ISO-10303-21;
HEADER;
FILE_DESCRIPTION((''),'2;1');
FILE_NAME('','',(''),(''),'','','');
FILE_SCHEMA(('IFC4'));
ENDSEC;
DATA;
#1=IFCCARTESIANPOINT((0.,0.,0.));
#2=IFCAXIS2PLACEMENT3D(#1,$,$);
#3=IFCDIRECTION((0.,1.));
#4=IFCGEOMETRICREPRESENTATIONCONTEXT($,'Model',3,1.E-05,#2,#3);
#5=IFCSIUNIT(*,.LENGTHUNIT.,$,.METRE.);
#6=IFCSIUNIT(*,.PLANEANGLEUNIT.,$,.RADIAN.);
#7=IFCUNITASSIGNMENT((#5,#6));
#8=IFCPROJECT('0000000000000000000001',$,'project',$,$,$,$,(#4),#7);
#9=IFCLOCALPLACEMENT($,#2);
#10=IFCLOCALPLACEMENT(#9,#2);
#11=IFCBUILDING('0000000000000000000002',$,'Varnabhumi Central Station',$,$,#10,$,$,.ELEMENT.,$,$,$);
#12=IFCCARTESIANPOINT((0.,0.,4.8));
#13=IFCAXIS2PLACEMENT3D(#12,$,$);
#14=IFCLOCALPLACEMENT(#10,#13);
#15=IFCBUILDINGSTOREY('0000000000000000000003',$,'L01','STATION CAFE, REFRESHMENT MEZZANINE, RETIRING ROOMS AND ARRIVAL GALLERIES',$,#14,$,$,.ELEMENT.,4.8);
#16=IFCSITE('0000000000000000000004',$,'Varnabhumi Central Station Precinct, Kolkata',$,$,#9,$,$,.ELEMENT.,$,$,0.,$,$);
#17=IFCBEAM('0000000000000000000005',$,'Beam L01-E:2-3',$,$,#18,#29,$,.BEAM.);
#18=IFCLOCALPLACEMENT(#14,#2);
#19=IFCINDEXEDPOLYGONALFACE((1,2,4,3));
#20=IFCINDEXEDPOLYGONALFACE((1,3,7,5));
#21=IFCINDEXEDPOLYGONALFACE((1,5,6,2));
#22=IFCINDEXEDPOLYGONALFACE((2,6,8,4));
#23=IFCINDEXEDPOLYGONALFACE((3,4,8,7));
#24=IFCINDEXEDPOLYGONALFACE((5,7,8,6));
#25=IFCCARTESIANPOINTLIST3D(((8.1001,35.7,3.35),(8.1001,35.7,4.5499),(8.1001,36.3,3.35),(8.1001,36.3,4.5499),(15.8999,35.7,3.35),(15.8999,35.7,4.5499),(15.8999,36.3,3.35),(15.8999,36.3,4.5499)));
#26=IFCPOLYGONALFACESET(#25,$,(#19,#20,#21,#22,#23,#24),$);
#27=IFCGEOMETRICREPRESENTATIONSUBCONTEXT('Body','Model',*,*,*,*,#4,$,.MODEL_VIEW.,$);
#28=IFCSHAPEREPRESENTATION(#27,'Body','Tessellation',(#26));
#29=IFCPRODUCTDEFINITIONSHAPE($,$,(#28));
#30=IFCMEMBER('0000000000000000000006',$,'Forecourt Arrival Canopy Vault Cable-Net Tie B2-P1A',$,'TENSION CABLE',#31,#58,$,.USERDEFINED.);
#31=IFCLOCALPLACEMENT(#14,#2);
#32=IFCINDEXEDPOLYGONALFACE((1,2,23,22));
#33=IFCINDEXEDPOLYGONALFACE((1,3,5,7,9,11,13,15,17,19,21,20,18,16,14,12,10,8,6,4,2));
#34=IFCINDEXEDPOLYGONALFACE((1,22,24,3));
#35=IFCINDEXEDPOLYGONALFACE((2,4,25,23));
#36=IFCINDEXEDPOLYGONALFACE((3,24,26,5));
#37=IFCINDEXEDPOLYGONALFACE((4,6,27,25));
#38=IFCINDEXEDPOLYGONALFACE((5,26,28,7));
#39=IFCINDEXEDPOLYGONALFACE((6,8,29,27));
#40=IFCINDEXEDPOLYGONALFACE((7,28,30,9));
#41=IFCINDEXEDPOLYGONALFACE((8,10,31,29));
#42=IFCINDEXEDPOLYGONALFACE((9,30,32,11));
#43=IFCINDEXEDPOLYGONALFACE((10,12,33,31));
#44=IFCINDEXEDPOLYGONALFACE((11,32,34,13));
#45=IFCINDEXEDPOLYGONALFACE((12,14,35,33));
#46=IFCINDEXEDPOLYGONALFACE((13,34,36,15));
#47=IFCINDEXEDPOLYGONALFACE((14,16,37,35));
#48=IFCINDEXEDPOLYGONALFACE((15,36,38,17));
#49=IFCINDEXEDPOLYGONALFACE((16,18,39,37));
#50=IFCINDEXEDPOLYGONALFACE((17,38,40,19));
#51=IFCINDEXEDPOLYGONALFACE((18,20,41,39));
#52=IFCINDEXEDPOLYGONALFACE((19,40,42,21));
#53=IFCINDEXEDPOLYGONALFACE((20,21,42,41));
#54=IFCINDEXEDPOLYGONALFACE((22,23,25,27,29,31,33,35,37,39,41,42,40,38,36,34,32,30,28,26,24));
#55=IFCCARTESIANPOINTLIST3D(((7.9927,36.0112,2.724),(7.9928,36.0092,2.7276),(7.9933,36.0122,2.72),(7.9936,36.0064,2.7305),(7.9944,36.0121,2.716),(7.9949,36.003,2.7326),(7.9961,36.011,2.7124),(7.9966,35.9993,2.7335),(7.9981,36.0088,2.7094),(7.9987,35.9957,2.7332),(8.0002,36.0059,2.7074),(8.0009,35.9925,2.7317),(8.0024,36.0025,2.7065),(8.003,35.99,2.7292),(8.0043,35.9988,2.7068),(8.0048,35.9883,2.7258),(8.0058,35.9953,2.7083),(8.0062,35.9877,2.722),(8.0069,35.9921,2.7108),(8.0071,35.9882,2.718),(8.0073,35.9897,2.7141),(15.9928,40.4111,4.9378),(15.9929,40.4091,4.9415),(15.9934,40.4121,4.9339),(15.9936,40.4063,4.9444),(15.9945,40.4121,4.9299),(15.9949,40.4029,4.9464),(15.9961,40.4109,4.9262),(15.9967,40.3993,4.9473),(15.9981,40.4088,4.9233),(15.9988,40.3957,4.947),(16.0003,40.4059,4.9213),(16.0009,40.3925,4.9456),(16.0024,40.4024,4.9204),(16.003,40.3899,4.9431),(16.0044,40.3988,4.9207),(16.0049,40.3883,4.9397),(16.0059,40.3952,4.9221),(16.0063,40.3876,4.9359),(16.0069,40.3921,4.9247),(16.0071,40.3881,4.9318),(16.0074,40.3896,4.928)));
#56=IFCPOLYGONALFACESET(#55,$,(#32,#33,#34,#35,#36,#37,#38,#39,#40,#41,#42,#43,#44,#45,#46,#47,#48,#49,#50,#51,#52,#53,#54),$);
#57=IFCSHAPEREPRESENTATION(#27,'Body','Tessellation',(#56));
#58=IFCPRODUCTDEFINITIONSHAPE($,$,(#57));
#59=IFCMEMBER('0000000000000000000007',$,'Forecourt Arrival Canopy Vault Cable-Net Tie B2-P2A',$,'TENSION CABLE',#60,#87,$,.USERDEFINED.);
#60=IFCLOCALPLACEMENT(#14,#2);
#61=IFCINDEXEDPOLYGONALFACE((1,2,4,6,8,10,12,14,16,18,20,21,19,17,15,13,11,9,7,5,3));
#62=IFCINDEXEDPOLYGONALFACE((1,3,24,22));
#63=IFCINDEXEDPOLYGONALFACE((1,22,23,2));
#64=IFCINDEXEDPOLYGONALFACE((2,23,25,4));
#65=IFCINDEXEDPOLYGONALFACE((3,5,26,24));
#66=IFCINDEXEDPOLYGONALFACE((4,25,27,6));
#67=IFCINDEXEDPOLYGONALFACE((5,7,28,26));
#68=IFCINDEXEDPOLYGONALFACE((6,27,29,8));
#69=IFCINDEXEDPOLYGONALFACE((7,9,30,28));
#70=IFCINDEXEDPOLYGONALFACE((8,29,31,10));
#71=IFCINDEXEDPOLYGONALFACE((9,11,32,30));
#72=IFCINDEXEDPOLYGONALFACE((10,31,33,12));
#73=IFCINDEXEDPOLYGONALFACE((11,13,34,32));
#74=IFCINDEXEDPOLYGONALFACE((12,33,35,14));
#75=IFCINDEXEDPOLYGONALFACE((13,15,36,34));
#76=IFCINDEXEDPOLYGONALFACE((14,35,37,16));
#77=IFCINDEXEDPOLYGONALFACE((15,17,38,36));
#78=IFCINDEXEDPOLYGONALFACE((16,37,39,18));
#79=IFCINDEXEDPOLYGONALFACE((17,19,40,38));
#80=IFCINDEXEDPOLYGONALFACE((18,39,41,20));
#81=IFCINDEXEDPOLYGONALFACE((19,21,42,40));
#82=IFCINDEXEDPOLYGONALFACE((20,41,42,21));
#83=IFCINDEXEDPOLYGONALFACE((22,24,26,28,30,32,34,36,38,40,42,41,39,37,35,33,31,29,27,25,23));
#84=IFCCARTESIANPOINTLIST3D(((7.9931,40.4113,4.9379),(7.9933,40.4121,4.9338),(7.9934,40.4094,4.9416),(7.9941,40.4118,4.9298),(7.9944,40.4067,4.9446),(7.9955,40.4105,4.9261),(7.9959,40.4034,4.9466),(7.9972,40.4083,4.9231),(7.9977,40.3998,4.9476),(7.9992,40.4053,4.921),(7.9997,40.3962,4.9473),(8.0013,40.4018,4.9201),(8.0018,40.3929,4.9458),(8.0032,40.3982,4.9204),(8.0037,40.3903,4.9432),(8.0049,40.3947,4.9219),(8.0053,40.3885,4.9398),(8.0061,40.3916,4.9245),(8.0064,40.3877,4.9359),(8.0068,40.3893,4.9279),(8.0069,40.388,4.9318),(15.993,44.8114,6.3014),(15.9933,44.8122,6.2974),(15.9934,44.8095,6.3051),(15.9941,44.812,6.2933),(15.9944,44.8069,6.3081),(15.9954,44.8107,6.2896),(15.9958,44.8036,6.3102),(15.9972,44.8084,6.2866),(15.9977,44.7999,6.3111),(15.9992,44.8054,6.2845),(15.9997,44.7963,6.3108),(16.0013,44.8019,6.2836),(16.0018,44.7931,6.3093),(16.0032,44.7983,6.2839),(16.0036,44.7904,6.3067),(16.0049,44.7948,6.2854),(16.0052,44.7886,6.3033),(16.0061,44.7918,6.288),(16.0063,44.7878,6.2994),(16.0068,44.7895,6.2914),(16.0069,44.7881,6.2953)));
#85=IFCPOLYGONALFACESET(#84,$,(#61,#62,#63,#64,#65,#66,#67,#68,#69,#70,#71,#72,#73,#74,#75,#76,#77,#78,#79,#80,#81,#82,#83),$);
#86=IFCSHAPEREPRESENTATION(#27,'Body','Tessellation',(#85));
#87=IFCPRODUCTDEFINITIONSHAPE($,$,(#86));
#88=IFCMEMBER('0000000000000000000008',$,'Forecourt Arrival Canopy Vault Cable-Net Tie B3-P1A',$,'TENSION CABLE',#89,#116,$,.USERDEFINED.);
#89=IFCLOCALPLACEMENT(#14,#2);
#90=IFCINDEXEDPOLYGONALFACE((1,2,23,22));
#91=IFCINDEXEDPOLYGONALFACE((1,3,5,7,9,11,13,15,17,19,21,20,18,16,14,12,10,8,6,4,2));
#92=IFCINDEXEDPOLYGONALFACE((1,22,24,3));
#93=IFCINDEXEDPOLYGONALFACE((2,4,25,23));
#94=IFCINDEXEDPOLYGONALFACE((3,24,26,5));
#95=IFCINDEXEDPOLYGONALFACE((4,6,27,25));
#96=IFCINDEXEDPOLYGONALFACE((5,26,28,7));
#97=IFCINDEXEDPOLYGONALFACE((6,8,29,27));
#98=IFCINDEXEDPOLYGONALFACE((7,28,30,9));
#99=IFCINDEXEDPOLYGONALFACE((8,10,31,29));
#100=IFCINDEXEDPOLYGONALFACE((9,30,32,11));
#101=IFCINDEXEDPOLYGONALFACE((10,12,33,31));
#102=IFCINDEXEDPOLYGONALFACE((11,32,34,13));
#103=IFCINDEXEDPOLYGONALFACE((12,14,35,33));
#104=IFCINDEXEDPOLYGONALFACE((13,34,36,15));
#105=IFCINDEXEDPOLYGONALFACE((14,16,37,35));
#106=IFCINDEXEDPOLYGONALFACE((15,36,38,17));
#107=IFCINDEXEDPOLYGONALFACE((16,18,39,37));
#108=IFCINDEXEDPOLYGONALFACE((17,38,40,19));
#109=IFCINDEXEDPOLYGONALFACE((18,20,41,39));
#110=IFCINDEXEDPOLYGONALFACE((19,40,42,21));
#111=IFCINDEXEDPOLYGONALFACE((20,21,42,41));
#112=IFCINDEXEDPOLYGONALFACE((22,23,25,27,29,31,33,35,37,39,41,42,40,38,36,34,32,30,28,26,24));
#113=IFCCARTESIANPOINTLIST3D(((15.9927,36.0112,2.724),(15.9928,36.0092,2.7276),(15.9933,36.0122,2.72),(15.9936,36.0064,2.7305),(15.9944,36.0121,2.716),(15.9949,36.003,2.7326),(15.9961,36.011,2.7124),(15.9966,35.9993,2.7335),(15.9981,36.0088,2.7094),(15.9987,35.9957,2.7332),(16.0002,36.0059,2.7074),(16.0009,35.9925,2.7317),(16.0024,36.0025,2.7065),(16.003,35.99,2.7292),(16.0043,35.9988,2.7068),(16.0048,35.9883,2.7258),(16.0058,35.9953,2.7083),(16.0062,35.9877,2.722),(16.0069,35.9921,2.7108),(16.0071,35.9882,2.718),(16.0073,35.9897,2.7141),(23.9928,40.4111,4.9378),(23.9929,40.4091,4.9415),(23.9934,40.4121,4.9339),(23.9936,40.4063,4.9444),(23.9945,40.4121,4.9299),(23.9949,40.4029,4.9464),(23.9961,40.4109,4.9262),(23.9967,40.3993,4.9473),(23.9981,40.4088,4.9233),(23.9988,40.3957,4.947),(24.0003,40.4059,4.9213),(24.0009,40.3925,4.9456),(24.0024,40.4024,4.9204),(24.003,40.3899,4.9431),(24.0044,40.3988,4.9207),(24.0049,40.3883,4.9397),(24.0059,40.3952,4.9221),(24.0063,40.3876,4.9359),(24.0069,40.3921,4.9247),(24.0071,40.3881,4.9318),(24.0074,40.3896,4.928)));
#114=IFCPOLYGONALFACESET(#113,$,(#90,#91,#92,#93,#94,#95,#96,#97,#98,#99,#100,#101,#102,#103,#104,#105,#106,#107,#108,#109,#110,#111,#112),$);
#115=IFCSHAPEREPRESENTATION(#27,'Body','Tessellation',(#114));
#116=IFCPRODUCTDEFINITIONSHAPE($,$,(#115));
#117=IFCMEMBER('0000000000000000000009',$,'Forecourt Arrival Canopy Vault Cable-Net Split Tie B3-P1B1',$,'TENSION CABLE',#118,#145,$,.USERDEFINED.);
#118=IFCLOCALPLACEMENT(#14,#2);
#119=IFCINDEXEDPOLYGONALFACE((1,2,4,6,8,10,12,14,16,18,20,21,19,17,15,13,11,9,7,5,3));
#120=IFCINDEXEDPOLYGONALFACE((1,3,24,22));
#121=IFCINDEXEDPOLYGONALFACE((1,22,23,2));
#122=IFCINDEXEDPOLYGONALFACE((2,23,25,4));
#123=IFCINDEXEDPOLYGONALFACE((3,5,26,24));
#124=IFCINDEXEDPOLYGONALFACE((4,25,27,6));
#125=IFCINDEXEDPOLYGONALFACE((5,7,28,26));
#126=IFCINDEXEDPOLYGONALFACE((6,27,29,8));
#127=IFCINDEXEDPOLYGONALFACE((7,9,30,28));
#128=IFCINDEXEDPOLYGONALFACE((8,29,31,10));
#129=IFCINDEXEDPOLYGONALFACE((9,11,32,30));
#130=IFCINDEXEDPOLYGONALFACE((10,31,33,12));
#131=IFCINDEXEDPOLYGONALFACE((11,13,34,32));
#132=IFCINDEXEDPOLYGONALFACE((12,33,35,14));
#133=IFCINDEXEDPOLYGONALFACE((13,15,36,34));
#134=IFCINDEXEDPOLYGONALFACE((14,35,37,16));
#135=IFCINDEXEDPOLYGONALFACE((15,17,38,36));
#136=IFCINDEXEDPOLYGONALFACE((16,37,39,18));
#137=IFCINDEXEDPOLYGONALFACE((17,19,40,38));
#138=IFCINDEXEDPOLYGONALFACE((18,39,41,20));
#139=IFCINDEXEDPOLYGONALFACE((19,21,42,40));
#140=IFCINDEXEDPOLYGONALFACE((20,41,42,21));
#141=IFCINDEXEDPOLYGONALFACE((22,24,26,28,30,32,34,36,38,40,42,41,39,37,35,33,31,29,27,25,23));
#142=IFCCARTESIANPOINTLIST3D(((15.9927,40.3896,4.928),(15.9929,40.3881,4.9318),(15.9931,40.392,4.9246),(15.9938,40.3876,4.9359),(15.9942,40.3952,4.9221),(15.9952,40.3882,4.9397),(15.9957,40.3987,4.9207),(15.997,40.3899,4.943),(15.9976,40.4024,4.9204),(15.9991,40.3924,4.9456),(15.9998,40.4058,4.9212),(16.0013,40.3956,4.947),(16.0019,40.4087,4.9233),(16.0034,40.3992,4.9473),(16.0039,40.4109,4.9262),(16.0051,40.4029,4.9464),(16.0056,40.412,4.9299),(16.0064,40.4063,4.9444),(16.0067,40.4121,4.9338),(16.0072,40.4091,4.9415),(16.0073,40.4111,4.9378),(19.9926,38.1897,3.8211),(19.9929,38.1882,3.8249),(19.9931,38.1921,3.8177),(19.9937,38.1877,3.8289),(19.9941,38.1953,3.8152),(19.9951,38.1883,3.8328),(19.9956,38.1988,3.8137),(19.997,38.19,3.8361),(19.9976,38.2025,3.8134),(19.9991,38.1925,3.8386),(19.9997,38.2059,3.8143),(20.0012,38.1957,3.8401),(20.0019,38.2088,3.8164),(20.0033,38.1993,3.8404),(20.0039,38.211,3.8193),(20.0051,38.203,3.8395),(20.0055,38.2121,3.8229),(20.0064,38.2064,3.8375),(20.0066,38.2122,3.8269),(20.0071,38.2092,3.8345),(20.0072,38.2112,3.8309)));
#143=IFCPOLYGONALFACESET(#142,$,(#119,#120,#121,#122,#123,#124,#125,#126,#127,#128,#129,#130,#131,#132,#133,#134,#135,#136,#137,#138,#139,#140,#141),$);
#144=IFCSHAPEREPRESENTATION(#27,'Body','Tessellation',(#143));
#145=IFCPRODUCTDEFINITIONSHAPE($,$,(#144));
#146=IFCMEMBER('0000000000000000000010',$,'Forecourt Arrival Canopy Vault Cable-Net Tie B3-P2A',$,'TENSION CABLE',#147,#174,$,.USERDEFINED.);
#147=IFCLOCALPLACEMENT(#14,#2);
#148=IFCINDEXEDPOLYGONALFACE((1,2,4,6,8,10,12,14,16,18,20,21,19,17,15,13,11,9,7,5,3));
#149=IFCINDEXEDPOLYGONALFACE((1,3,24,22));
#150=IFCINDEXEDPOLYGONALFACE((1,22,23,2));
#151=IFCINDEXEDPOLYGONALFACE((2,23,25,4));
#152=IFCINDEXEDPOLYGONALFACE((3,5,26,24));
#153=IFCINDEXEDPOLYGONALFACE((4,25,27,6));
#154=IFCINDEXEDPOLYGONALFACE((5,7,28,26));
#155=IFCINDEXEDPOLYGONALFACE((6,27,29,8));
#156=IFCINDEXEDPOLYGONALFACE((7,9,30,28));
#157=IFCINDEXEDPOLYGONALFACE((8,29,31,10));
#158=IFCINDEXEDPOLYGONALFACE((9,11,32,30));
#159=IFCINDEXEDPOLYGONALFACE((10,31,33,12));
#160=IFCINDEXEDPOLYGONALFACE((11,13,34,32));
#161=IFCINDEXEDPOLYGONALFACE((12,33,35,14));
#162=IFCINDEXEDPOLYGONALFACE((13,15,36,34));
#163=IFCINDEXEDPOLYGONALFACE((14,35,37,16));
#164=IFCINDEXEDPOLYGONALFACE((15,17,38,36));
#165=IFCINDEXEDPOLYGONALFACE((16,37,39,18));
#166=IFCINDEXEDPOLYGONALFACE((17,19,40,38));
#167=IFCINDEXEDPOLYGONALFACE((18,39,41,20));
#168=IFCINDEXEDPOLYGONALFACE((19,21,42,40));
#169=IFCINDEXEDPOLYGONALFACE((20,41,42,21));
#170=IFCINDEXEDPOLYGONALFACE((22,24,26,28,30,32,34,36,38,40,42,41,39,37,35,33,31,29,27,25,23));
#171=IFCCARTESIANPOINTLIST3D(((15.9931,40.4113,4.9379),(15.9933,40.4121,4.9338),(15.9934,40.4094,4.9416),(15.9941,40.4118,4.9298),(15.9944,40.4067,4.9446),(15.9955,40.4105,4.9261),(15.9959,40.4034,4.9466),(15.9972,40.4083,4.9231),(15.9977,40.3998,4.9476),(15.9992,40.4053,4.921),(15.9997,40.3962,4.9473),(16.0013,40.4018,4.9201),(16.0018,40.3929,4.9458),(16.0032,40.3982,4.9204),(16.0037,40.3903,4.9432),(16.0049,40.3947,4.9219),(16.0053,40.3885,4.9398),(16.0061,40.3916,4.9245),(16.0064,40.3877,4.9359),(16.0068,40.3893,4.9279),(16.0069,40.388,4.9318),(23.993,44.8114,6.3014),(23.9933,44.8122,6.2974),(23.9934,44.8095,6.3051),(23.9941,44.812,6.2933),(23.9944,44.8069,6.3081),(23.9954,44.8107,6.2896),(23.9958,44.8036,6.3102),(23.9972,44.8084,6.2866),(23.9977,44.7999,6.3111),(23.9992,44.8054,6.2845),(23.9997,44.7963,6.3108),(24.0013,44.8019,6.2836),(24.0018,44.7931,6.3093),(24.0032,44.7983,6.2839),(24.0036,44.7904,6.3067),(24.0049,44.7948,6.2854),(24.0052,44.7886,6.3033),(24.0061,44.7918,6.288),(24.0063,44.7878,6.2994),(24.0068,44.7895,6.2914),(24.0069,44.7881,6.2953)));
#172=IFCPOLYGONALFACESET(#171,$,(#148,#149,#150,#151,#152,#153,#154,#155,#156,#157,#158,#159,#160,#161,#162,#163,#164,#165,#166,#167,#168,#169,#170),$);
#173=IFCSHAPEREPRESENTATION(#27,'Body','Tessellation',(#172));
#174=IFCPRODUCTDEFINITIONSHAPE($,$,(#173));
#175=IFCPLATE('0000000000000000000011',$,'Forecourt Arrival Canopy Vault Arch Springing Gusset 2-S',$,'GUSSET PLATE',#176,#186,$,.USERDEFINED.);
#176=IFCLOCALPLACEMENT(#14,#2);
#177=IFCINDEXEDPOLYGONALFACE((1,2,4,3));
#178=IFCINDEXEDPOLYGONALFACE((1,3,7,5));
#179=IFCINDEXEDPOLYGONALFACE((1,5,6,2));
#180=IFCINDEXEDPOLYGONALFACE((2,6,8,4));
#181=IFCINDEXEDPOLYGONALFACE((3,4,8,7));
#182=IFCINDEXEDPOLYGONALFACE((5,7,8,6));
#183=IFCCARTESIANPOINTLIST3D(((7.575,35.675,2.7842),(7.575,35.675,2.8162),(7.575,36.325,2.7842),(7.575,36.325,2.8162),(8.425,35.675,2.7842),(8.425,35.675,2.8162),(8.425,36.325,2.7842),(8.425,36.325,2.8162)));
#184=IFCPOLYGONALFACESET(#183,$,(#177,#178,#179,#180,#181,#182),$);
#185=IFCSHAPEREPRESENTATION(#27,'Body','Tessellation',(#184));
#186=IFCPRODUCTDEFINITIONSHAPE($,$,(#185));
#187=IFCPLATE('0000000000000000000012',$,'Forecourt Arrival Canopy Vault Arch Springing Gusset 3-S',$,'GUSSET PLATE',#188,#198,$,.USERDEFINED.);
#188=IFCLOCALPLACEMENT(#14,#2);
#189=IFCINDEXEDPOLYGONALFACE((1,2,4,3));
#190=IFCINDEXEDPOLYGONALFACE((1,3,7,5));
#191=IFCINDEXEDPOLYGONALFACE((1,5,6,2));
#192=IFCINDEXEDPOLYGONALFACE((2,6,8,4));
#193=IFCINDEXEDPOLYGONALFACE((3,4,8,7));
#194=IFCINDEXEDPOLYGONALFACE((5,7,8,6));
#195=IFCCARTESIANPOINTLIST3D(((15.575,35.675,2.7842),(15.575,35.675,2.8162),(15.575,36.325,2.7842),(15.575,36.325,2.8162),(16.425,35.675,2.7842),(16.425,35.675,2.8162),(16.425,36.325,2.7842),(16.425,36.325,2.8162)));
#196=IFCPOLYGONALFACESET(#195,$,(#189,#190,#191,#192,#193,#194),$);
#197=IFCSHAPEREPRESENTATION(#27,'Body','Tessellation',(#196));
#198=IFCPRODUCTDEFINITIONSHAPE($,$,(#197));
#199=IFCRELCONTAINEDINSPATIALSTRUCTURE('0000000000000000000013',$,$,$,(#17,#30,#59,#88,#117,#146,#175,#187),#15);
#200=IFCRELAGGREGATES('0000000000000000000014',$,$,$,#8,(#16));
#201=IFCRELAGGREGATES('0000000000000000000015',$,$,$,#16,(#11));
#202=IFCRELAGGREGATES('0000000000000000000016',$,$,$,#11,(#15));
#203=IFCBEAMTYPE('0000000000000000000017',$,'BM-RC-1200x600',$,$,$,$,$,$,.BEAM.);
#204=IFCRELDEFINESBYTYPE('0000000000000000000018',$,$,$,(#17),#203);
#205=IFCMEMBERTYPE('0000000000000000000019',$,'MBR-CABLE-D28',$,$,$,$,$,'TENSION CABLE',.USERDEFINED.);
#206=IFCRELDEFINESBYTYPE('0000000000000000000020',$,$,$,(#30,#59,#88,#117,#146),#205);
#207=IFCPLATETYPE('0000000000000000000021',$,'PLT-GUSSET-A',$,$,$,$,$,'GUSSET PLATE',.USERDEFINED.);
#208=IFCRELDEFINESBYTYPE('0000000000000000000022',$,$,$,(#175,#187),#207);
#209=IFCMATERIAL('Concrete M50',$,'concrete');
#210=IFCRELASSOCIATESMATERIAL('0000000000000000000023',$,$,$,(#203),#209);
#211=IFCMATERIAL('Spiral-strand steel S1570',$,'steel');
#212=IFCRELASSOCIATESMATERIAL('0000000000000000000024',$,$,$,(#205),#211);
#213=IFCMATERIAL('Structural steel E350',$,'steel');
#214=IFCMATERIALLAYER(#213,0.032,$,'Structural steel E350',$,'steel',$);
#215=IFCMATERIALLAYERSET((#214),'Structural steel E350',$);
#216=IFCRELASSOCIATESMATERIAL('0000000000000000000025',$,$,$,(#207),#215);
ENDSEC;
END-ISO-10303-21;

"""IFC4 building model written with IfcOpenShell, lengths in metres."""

from ifc_helpers import new_model, si_unit, direction, frame, origin, origin_2d, place, context, subcontext, project, spatial, rectangle, circle, extrude, material, layer, layer_set, material_profile, profile_set, type_object, element, save


model = new_model("IFC4")

# Units and contexts
model_context = context("Model", 3, precision=1e-05, world=origin(), true_north=direction((0.0, 1.0)))
body_context = subcontext(model_context, "Body", "Model", "MODEL_VIEW")
ifc_project = project(units=[si_unit("LENGTHUNIT", "METRE"), si_unit("PLANEANGLEUNIT", "RADIAN")], contexts=[model_context])

# Site, building, storey
site_placement = place(None, origin())
site = spatial("IfcSite", under=ifc_project, at=site_placement, Name="Varnabhumi Central Station Precinct, Kolkata", CompositionType="ELEMENT", RefElevation=0.0)
building_placement = place(site_placement, origin())
building = spatial("IfcBuilding", under=site, at=building_placement, Name="Varnabhumi Central Station", CompositionType="ELEMENT")
storey_placement = place(building_placement, frame((0.0, 0.0, 4.8)))
storey = spatial("IfcBuildingStorey", under=building, at=storey_placement, Name="L01", Description="STATION CAFE, REFRESHMENT MEZZANINE, RETIRING ROOMS AND ARRIVAL GALLERIES", CompositionType="ELEMENT", Elevation=4.8)

# Shared definitions
ifc_material_1 = material(Name="Concrete M50", Category="concrete")

# Beam
ifc_material_2 = material(Name="Structural steel E350", Category="steel")
ifc_material_profile_1 = material_profile(ifc_material_1, rectangle(XDim=0.6001, YDim=1.2, at=origin_2d()), Name="Concrete M50", Category="concrete")
ifc_profile_set_1 = profile_set([ifc_material_profile_1], Name="Concrete M50")
beam_type_1 = type_object("IfcBeamType", Name="BM-RC-1200x600", PredefinedType="BEAM", material=ifc_profile_set_1)
beam_1_placement = place(storey_placement, frame((8.1001, 36.0, 3.95), z_axis=(1.0, 0.0, 0.0), x_axis=(0.0, 1.0, 0.0)))
element("IfcBeam", 1, at=beam_1_placement, inside=storey, type_object=beam_type_1, Name="Beam L01-E:2-3", PredefinedType="BEAM", context=body_context, shape_type="SweptSolid", body=[
    extrude(rectangle(XDim=0.6001, YDim=1.2, at=origin_2d()), origin(), (0.0, 0.0, 1.0), 7.7998),
])

# Members
ifc_material_3 = material(Name="Spiral-strand steel S1570", Category="steel")
ifc_material_profile_2 = material_profile(ifc_material_3, circle(Radius=0.0139, at=origin_2d()), Name="Spiral-strand steel S1570", Category="steel")
ifc_profile_set_2 = profile_set([ifc_material_profile_2], Name="Spiral-strand steel S1570")
member_type = type_object("IfcMemberType", Name="MBR-CABLE-D28", ElementType="TENSION CABLE", PredefinedType="USERDEFINED", material=ifc_profile_set_2)
member_1_placement = place(storey_placement, frame((8.0, 36.0, 2.72), z_axis=(0.851544, 0.468339, 0.235651), x_axis=(-0.481911, 0.87622, 0.0)))
element("IfcMember", 2, at=member_1_placement, inside=storey, type_object=member_type, Name="Forecourt Arrival Canopy Vault Cable-Net Tie B2-P1A", ObjectType="TENSION CABLE", PredefinedType="USERDEFINED", context=body_context, shape_type="SweptSolid", body=[
    extrude(circle(Radius=0.0139, at=origin_2d()), origin(), (0.0, 0.0, 1.0), 9.3948),
])
member_2_placement = place(storey_placement, frame((8.0, 40.3999, 4.9338), z_axis=(0.866599, 0.476645, 0.147704), x_axis=(-0.481931, 0.876209, 0.0)))
element("IfcMember", 3, at=member_2_placement, inside=storey, type_object=member_type, Name="Forecourt Arrival Canopy Vault Cable-Net Tie B2-P2A", ObjectType="TENSION CABLE", PredefinedType="USERDEFINED", context=body_context, shape_type="SweptSolid", body=[
    extrude(circle(Radius=0.0139, at=origin_2d()), origin(), (0.0, 0.0, 1.0), 9.2314),
])
member_3_placement = place(storey_placement, frame((16.0, 36.0, 2.72), z_axis=(0.851544, 0.468339, 0.235651), x_axis=(-0.481911, 0.87622, 0.0)))
element("IfcMember", 4, at=member_3_placement, inside=storey, type_object=member_type, Name="Forecourt Arrival Canopy Vault Cable-Net Tie B3-P1A", ObjectType="TENSION CABLE", PredefinedType="USERDEFINED", context=body_context, shape_type="SweptSolid", body=[
    extrude(circle(Radius=0.0139, at=origin_2d()), origin(), (0.0, 0.0, 1.0), 9.3948),
])
member_4_placement = place(storey_placement, frame((16.0, 40.3999, 4.9338), z_axis=(0.851544, -0.468339, -0.235651), x_axis=(0.481911, 0.87622, 0.0)))
element("IfcMember", 5, at=member_4_placement, inside=storey, type_object=member_type, Name="Forecourt Arrival Canopy Vault Cable-Net Split Tie B3-P1B1", ObjectType="TENSION CABLE", PredefinedType="USERDEFINED", context=body_context, shape_type="SweptSolid", body=[
    extrude(circle(Radius=0.0139, at=origin_2d()), origin(), (0.0, 0.0, 1.0), 4.6973),
])
member_5_placement = place(storey_placement, frame((16.0, 40.3999, 4.9338), z_axis=(0.866599, 0.476645, 0.147704), x_axis=(-0.481931, 0.876209, 0.0)))
element("IfcMember", 6, at=member_5_placement, inside=storey, type_object=member_type, Name="Forecourt Arrival Canopy Vault Cable-Net Tie B3-P2A", ObjectType="TENSION CABLE", PredefinedType="USERDEFINED", context=body_context, shape_type="SweptSolid", body=[
    extrude(circle(Radius=0.0139, at=origin_2d()), origin(), (0.0, 0.0, 1.0), 9.2314),
])

# Plates
ifc_layer_1 = layer(ifc_material_2, 0.032, Name="Structural steel E350", Category="steel")
ifc_layer_set_1 = layer_set([ifc_layer_1], Name="Structural steel E350")
plate_type = type_object("IfcPlateType", Name="PLT-GUSSET-A", ElementType="GUSSET PLATE", PredefinedType="USERDEFINED", material=ifc_layer_set_1)
for number, where, z_axis, x_axis, name in (
    (7, (8.0, 36.0, 2.7842), (0.0, 0.0, 1.0), (1.0, 0.0, 0.0), "Forecourt Arrival Canopy Vault Arch Springing Gusset 2-S"),
    (8, (16.0, 36.0, 2.7842), (0.0, 0.0, 1.0), (1.0, 0.0, 0.0), "Forecourt Arrival Canopy Vault Arch Springing Gusset 3-S"),
):
    element("IfcPlate", number, at=place(storey_placement, frame(where, z_axis=z_axis, x_axis=x_axis)), inside=storey, type_object=plate_type, Name=name, ObjectType="GUSSET PLATE", PredefinedType="USERDEFINED", context=body_context, shape_type="SweptSolid", body=[
        extrude(rectangle(XDim=0.8501, YDim=0.6499, at=origin_2d()), origin(), (0.0, 0.0, 1.0), 0.032),
    ])

save(model, "model.ifc")
